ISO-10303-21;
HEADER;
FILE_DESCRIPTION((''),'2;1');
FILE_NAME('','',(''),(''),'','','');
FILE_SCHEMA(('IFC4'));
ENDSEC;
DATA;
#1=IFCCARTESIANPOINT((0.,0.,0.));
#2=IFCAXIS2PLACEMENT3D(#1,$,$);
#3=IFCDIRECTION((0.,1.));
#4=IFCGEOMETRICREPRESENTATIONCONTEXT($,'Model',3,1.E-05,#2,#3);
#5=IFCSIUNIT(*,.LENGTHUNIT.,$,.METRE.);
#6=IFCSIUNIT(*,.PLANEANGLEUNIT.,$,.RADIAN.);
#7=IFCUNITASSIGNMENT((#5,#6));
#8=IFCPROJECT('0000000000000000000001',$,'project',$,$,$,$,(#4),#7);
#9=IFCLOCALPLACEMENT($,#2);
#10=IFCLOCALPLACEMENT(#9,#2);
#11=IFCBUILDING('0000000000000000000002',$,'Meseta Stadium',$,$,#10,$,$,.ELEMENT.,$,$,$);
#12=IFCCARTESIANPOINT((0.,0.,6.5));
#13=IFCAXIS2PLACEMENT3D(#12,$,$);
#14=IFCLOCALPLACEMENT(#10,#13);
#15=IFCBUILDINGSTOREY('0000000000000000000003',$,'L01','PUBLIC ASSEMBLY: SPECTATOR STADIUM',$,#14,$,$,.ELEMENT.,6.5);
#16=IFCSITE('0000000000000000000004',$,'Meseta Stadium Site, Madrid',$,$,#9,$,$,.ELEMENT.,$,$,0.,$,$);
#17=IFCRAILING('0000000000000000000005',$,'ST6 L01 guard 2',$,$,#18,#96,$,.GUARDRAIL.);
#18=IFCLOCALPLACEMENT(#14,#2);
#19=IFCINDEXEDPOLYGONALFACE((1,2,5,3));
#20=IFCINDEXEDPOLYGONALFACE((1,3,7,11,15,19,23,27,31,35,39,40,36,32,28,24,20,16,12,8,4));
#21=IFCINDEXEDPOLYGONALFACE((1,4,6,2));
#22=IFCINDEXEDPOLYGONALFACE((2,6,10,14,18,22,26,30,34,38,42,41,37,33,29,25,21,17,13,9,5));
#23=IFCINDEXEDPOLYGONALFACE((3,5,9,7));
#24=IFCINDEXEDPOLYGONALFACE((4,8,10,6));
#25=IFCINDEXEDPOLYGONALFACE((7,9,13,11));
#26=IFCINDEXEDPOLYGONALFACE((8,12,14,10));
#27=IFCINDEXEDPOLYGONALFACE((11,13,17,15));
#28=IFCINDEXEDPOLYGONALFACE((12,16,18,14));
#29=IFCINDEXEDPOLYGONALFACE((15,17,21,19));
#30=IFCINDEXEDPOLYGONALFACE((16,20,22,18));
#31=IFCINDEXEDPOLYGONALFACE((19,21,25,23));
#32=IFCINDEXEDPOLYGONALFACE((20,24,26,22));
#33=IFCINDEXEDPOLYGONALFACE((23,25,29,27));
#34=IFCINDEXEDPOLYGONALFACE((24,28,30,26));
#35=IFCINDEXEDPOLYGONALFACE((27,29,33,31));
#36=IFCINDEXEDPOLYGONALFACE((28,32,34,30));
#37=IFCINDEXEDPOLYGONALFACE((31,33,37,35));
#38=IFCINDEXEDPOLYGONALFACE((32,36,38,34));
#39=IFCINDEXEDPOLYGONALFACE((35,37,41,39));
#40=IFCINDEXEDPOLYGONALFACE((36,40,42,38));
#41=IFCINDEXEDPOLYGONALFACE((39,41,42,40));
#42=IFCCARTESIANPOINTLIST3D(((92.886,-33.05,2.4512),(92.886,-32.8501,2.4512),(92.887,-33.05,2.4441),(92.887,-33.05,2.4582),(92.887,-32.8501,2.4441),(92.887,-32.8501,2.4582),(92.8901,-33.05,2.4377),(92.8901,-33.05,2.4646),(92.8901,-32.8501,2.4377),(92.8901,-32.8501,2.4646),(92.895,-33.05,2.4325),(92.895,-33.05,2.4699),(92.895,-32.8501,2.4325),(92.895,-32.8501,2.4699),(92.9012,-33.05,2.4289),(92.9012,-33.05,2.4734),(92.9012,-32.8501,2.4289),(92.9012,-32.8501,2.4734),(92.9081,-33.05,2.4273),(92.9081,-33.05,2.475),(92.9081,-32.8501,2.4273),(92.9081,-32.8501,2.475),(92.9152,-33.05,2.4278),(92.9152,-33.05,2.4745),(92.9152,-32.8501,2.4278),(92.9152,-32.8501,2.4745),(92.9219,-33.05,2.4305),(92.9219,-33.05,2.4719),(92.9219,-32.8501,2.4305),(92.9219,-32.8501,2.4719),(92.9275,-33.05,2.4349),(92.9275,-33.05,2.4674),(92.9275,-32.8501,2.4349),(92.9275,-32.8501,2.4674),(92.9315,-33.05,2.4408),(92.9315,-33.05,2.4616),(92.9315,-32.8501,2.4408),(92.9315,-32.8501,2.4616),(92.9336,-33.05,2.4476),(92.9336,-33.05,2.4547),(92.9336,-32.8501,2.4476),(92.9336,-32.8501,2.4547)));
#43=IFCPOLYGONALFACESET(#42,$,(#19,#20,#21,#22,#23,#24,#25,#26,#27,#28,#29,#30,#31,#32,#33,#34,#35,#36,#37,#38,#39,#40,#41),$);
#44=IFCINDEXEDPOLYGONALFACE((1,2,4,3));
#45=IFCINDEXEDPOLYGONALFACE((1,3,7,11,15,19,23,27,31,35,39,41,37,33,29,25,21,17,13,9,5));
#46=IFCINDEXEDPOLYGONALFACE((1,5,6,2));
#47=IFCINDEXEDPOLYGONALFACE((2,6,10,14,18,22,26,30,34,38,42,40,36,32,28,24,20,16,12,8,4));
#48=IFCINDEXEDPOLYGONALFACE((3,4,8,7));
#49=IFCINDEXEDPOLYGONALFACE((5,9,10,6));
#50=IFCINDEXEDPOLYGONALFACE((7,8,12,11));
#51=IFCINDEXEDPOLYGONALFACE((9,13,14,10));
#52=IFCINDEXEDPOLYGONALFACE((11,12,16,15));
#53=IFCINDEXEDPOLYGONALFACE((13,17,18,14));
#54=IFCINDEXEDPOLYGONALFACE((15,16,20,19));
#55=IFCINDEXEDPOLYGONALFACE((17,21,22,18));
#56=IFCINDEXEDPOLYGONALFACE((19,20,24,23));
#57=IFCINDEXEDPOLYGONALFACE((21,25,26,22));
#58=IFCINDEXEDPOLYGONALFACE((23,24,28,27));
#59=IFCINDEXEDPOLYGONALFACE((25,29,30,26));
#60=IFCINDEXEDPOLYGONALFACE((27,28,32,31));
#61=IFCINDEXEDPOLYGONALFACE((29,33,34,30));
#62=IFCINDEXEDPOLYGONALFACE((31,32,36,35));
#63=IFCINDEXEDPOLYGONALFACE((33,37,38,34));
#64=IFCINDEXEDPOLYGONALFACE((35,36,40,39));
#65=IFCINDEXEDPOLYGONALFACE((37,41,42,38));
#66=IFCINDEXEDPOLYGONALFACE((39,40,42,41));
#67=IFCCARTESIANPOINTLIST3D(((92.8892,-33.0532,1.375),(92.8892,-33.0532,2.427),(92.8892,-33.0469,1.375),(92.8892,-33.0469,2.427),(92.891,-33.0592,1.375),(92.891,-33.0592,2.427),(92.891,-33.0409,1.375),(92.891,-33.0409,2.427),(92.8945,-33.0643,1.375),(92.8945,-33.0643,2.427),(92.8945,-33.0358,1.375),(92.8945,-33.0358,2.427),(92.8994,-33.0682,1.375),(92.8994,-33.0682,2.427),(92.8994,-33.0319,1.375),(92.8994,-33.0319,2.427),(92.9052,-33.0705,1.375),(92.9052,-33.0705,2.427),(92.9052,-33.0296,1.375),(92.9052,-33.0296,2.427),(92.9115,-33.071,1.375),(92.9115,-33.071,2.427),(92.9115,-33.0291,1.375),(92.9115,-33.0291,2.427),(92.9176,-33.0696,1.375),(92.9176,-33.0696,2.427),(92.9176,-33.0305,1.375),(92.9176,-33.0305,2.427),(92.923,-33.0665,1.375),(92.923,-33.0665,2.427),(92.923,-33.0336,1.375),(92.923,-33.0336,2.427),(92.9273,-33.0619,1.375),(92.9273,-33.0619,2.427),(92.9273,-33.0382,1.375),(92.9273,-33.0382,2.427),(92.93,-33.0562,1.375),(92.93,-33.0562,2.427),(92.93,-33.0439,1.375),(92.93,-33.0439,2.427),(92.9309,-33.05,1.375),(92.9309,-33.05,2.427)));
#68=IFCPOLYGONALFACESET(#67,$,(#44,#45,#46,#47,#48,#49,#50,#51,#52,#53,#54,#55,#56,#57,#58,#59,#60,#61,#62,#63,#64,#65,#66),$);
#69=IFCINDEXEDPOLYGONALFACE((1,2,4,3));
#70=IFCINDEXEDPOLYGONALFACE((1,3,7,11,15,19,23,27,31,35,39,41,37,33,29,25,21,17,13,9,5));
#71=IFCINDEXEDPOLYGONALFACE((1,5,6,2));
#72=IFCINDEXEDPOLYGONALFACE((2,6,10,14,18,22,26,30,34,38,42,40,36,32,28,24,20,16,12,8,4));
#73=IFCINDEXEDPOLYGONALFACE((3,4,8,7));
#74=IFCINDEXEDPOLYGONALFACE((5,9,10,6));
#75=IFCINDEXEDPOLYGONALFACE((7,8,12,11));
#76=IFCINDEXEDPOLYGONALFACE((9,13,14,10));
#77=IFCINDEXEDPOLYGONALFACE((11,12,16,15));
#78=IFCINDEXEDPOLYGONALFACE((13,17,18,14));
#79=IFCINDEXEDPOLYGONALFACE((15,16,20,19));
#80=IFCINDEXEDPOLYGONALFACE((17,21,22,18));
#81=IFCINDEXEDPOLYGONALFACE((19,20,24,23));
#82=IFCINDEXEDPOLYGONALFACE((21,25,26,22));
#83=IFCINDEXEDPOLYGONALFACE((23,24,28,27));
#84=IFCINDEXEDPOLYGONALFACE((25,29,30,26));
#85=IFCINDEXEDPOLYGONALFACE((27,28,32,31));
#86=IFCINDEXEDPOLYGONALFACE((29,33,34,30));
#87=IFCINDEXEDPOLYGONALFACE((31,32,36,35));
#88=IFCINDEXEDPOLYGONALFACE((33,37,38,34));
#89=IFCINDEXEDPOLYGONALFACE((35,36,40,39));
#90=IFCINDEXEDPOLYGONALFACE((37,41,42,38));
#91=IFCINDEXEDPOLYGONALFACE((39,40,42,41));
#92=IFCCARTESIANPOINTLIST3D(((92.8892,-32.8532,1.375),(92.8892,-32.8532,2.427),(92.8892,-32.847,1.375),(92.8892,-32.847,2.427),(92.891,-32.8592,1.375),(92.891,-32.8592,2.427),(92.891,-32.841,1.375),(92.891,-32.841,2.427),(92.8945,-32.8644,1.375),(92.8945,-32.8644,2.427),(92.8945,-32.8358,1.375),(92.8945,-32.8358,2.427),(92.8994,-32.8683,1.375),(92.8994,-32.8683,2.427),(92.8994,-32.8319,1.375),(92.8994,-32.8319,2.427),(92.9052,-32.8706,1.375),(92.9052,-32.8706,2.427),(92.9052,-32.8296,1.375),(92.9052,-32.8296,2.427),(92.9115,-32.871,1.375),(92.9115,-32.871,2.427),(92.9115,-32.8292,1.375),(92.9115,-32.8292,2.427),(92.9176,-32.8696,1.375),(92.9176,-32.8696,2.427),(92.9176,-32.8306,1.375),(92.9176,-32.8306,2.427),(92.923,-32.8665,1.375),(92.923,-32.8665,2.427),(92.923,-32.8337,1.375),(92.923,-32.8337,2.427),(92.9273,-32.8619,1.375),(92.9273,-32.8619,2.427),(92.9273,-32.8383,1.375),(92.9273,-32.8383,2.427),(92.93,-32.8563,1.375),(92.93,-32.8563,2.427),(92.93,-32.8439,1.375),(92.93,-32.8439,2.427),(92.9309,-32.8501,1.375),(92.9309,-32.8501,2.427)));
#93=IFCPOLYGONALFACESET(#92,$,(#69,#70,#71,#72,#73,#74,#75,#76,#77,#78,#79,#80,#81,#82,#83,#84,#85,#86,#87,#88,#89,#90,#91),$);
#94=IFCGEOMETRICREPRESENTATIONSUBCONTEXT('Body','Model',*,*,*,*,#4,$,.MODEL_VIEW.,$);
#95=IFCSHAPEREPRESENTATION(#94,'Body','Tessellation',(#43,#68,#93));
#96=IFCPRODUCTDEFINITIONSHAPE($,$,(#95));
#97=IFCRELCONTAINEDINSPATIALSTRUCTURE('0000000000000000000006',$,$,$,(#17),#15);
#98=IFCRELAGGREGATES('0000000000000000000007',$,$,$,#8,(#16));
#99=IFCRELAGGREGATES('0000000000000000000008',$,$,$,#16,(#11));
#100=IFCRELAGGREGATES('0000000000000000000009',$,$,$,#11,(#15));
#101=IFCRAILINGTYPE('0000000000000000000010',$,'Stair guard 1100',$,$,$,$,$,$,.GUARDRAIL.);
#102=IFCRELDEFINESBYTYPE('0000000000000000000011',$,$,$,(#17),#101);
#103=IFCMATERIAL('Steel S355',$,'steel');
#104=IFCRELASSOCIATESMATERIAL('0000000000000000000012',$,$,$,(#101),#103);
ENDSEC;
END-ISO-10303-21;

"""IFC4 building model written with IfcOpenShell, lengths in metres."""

from ifc_helpers import new_model, si_unit, direction, frame, origin, origin_2d, place, context, subcontext, project, spatial, circle, extrude, material, type_object, element, save


model = new_model("IFC4")

# Units and contexts
model_context = context("Model", 3, precision=1e-05, world=origin(), true_north=direction((0.0, 1.0)))
body_context = subcontext(model_context, "Body", "Model", "MODEL_VIEW")
ifc_project = project(units=[si_unit("LENGTHUNIT", "METRE"), si_unit("PLANEANGLEUNIT", "RADIAN")], contexts=[model_context])

# Site, building, storey
site_placement = place(None, origin())
site = spatial("IfcSite", under=ifc_project, at=site_placement, Name="Meseta Stadium Site, Madrid", CompositionType="ELEMENT", RefElevation=0.0)
building_placement = place(site_placement, origin())
building = spatial("IfcBuilding", under=site, at=building_placement, Name="Meseta Stadium", CompositionType="ELEMENT")
storey_placement = place(building_placement, frame((0.0, 0.0, 6.5)))
storey = spatial("IfcBuildingStorey", under=building, at=storey_placement, Name="L01", Description="PUBLIC ASSEMBLY: SPECTATOR STADIUM", CompositionType="ELEMENT", Elevation=6.5)

# Railing
ifc_material_1 = material(Name="Steel S355", Category="steel")
railing_type_1 = type_object("IfcRailingType", Name="Stair guard 1100", PredefinedType="GUARDRAIL", material=ifc_material_1)
railing_1_placement = place(storey_placement, frame((92.9099, -33.05, 1.375)))
element("IfcRailing", 1, at=railing_1_placement, inside=storey, type_object=railing_type_1, Name="ST6 L01 guard 2", PredefinedType="GUARDRAIL", context=body_context, shape_type="SweptSolid", body=[
    extrude(circle(Radius=0.0239, at=origin_2d()), frame((0.0, 0.0, 1.0762), z_axis=(0.0, 1.0, 0.0), x_axis=(-1.0, 0.0, 0.0)), (0.0, 0.0, 1.0), 0.2),
    extrude(circle(Radius=0.021, at=origin_2d()), origin(), (0.0, 0.0, 1.0), 1.052),
    extrude(circle(Radius=0.021, at=origin_2d()), frame((0.0, 0.2, 0.0)), (0.0, 0.0, 1.0), 1.052),
])

save(model, "model.ifc")
